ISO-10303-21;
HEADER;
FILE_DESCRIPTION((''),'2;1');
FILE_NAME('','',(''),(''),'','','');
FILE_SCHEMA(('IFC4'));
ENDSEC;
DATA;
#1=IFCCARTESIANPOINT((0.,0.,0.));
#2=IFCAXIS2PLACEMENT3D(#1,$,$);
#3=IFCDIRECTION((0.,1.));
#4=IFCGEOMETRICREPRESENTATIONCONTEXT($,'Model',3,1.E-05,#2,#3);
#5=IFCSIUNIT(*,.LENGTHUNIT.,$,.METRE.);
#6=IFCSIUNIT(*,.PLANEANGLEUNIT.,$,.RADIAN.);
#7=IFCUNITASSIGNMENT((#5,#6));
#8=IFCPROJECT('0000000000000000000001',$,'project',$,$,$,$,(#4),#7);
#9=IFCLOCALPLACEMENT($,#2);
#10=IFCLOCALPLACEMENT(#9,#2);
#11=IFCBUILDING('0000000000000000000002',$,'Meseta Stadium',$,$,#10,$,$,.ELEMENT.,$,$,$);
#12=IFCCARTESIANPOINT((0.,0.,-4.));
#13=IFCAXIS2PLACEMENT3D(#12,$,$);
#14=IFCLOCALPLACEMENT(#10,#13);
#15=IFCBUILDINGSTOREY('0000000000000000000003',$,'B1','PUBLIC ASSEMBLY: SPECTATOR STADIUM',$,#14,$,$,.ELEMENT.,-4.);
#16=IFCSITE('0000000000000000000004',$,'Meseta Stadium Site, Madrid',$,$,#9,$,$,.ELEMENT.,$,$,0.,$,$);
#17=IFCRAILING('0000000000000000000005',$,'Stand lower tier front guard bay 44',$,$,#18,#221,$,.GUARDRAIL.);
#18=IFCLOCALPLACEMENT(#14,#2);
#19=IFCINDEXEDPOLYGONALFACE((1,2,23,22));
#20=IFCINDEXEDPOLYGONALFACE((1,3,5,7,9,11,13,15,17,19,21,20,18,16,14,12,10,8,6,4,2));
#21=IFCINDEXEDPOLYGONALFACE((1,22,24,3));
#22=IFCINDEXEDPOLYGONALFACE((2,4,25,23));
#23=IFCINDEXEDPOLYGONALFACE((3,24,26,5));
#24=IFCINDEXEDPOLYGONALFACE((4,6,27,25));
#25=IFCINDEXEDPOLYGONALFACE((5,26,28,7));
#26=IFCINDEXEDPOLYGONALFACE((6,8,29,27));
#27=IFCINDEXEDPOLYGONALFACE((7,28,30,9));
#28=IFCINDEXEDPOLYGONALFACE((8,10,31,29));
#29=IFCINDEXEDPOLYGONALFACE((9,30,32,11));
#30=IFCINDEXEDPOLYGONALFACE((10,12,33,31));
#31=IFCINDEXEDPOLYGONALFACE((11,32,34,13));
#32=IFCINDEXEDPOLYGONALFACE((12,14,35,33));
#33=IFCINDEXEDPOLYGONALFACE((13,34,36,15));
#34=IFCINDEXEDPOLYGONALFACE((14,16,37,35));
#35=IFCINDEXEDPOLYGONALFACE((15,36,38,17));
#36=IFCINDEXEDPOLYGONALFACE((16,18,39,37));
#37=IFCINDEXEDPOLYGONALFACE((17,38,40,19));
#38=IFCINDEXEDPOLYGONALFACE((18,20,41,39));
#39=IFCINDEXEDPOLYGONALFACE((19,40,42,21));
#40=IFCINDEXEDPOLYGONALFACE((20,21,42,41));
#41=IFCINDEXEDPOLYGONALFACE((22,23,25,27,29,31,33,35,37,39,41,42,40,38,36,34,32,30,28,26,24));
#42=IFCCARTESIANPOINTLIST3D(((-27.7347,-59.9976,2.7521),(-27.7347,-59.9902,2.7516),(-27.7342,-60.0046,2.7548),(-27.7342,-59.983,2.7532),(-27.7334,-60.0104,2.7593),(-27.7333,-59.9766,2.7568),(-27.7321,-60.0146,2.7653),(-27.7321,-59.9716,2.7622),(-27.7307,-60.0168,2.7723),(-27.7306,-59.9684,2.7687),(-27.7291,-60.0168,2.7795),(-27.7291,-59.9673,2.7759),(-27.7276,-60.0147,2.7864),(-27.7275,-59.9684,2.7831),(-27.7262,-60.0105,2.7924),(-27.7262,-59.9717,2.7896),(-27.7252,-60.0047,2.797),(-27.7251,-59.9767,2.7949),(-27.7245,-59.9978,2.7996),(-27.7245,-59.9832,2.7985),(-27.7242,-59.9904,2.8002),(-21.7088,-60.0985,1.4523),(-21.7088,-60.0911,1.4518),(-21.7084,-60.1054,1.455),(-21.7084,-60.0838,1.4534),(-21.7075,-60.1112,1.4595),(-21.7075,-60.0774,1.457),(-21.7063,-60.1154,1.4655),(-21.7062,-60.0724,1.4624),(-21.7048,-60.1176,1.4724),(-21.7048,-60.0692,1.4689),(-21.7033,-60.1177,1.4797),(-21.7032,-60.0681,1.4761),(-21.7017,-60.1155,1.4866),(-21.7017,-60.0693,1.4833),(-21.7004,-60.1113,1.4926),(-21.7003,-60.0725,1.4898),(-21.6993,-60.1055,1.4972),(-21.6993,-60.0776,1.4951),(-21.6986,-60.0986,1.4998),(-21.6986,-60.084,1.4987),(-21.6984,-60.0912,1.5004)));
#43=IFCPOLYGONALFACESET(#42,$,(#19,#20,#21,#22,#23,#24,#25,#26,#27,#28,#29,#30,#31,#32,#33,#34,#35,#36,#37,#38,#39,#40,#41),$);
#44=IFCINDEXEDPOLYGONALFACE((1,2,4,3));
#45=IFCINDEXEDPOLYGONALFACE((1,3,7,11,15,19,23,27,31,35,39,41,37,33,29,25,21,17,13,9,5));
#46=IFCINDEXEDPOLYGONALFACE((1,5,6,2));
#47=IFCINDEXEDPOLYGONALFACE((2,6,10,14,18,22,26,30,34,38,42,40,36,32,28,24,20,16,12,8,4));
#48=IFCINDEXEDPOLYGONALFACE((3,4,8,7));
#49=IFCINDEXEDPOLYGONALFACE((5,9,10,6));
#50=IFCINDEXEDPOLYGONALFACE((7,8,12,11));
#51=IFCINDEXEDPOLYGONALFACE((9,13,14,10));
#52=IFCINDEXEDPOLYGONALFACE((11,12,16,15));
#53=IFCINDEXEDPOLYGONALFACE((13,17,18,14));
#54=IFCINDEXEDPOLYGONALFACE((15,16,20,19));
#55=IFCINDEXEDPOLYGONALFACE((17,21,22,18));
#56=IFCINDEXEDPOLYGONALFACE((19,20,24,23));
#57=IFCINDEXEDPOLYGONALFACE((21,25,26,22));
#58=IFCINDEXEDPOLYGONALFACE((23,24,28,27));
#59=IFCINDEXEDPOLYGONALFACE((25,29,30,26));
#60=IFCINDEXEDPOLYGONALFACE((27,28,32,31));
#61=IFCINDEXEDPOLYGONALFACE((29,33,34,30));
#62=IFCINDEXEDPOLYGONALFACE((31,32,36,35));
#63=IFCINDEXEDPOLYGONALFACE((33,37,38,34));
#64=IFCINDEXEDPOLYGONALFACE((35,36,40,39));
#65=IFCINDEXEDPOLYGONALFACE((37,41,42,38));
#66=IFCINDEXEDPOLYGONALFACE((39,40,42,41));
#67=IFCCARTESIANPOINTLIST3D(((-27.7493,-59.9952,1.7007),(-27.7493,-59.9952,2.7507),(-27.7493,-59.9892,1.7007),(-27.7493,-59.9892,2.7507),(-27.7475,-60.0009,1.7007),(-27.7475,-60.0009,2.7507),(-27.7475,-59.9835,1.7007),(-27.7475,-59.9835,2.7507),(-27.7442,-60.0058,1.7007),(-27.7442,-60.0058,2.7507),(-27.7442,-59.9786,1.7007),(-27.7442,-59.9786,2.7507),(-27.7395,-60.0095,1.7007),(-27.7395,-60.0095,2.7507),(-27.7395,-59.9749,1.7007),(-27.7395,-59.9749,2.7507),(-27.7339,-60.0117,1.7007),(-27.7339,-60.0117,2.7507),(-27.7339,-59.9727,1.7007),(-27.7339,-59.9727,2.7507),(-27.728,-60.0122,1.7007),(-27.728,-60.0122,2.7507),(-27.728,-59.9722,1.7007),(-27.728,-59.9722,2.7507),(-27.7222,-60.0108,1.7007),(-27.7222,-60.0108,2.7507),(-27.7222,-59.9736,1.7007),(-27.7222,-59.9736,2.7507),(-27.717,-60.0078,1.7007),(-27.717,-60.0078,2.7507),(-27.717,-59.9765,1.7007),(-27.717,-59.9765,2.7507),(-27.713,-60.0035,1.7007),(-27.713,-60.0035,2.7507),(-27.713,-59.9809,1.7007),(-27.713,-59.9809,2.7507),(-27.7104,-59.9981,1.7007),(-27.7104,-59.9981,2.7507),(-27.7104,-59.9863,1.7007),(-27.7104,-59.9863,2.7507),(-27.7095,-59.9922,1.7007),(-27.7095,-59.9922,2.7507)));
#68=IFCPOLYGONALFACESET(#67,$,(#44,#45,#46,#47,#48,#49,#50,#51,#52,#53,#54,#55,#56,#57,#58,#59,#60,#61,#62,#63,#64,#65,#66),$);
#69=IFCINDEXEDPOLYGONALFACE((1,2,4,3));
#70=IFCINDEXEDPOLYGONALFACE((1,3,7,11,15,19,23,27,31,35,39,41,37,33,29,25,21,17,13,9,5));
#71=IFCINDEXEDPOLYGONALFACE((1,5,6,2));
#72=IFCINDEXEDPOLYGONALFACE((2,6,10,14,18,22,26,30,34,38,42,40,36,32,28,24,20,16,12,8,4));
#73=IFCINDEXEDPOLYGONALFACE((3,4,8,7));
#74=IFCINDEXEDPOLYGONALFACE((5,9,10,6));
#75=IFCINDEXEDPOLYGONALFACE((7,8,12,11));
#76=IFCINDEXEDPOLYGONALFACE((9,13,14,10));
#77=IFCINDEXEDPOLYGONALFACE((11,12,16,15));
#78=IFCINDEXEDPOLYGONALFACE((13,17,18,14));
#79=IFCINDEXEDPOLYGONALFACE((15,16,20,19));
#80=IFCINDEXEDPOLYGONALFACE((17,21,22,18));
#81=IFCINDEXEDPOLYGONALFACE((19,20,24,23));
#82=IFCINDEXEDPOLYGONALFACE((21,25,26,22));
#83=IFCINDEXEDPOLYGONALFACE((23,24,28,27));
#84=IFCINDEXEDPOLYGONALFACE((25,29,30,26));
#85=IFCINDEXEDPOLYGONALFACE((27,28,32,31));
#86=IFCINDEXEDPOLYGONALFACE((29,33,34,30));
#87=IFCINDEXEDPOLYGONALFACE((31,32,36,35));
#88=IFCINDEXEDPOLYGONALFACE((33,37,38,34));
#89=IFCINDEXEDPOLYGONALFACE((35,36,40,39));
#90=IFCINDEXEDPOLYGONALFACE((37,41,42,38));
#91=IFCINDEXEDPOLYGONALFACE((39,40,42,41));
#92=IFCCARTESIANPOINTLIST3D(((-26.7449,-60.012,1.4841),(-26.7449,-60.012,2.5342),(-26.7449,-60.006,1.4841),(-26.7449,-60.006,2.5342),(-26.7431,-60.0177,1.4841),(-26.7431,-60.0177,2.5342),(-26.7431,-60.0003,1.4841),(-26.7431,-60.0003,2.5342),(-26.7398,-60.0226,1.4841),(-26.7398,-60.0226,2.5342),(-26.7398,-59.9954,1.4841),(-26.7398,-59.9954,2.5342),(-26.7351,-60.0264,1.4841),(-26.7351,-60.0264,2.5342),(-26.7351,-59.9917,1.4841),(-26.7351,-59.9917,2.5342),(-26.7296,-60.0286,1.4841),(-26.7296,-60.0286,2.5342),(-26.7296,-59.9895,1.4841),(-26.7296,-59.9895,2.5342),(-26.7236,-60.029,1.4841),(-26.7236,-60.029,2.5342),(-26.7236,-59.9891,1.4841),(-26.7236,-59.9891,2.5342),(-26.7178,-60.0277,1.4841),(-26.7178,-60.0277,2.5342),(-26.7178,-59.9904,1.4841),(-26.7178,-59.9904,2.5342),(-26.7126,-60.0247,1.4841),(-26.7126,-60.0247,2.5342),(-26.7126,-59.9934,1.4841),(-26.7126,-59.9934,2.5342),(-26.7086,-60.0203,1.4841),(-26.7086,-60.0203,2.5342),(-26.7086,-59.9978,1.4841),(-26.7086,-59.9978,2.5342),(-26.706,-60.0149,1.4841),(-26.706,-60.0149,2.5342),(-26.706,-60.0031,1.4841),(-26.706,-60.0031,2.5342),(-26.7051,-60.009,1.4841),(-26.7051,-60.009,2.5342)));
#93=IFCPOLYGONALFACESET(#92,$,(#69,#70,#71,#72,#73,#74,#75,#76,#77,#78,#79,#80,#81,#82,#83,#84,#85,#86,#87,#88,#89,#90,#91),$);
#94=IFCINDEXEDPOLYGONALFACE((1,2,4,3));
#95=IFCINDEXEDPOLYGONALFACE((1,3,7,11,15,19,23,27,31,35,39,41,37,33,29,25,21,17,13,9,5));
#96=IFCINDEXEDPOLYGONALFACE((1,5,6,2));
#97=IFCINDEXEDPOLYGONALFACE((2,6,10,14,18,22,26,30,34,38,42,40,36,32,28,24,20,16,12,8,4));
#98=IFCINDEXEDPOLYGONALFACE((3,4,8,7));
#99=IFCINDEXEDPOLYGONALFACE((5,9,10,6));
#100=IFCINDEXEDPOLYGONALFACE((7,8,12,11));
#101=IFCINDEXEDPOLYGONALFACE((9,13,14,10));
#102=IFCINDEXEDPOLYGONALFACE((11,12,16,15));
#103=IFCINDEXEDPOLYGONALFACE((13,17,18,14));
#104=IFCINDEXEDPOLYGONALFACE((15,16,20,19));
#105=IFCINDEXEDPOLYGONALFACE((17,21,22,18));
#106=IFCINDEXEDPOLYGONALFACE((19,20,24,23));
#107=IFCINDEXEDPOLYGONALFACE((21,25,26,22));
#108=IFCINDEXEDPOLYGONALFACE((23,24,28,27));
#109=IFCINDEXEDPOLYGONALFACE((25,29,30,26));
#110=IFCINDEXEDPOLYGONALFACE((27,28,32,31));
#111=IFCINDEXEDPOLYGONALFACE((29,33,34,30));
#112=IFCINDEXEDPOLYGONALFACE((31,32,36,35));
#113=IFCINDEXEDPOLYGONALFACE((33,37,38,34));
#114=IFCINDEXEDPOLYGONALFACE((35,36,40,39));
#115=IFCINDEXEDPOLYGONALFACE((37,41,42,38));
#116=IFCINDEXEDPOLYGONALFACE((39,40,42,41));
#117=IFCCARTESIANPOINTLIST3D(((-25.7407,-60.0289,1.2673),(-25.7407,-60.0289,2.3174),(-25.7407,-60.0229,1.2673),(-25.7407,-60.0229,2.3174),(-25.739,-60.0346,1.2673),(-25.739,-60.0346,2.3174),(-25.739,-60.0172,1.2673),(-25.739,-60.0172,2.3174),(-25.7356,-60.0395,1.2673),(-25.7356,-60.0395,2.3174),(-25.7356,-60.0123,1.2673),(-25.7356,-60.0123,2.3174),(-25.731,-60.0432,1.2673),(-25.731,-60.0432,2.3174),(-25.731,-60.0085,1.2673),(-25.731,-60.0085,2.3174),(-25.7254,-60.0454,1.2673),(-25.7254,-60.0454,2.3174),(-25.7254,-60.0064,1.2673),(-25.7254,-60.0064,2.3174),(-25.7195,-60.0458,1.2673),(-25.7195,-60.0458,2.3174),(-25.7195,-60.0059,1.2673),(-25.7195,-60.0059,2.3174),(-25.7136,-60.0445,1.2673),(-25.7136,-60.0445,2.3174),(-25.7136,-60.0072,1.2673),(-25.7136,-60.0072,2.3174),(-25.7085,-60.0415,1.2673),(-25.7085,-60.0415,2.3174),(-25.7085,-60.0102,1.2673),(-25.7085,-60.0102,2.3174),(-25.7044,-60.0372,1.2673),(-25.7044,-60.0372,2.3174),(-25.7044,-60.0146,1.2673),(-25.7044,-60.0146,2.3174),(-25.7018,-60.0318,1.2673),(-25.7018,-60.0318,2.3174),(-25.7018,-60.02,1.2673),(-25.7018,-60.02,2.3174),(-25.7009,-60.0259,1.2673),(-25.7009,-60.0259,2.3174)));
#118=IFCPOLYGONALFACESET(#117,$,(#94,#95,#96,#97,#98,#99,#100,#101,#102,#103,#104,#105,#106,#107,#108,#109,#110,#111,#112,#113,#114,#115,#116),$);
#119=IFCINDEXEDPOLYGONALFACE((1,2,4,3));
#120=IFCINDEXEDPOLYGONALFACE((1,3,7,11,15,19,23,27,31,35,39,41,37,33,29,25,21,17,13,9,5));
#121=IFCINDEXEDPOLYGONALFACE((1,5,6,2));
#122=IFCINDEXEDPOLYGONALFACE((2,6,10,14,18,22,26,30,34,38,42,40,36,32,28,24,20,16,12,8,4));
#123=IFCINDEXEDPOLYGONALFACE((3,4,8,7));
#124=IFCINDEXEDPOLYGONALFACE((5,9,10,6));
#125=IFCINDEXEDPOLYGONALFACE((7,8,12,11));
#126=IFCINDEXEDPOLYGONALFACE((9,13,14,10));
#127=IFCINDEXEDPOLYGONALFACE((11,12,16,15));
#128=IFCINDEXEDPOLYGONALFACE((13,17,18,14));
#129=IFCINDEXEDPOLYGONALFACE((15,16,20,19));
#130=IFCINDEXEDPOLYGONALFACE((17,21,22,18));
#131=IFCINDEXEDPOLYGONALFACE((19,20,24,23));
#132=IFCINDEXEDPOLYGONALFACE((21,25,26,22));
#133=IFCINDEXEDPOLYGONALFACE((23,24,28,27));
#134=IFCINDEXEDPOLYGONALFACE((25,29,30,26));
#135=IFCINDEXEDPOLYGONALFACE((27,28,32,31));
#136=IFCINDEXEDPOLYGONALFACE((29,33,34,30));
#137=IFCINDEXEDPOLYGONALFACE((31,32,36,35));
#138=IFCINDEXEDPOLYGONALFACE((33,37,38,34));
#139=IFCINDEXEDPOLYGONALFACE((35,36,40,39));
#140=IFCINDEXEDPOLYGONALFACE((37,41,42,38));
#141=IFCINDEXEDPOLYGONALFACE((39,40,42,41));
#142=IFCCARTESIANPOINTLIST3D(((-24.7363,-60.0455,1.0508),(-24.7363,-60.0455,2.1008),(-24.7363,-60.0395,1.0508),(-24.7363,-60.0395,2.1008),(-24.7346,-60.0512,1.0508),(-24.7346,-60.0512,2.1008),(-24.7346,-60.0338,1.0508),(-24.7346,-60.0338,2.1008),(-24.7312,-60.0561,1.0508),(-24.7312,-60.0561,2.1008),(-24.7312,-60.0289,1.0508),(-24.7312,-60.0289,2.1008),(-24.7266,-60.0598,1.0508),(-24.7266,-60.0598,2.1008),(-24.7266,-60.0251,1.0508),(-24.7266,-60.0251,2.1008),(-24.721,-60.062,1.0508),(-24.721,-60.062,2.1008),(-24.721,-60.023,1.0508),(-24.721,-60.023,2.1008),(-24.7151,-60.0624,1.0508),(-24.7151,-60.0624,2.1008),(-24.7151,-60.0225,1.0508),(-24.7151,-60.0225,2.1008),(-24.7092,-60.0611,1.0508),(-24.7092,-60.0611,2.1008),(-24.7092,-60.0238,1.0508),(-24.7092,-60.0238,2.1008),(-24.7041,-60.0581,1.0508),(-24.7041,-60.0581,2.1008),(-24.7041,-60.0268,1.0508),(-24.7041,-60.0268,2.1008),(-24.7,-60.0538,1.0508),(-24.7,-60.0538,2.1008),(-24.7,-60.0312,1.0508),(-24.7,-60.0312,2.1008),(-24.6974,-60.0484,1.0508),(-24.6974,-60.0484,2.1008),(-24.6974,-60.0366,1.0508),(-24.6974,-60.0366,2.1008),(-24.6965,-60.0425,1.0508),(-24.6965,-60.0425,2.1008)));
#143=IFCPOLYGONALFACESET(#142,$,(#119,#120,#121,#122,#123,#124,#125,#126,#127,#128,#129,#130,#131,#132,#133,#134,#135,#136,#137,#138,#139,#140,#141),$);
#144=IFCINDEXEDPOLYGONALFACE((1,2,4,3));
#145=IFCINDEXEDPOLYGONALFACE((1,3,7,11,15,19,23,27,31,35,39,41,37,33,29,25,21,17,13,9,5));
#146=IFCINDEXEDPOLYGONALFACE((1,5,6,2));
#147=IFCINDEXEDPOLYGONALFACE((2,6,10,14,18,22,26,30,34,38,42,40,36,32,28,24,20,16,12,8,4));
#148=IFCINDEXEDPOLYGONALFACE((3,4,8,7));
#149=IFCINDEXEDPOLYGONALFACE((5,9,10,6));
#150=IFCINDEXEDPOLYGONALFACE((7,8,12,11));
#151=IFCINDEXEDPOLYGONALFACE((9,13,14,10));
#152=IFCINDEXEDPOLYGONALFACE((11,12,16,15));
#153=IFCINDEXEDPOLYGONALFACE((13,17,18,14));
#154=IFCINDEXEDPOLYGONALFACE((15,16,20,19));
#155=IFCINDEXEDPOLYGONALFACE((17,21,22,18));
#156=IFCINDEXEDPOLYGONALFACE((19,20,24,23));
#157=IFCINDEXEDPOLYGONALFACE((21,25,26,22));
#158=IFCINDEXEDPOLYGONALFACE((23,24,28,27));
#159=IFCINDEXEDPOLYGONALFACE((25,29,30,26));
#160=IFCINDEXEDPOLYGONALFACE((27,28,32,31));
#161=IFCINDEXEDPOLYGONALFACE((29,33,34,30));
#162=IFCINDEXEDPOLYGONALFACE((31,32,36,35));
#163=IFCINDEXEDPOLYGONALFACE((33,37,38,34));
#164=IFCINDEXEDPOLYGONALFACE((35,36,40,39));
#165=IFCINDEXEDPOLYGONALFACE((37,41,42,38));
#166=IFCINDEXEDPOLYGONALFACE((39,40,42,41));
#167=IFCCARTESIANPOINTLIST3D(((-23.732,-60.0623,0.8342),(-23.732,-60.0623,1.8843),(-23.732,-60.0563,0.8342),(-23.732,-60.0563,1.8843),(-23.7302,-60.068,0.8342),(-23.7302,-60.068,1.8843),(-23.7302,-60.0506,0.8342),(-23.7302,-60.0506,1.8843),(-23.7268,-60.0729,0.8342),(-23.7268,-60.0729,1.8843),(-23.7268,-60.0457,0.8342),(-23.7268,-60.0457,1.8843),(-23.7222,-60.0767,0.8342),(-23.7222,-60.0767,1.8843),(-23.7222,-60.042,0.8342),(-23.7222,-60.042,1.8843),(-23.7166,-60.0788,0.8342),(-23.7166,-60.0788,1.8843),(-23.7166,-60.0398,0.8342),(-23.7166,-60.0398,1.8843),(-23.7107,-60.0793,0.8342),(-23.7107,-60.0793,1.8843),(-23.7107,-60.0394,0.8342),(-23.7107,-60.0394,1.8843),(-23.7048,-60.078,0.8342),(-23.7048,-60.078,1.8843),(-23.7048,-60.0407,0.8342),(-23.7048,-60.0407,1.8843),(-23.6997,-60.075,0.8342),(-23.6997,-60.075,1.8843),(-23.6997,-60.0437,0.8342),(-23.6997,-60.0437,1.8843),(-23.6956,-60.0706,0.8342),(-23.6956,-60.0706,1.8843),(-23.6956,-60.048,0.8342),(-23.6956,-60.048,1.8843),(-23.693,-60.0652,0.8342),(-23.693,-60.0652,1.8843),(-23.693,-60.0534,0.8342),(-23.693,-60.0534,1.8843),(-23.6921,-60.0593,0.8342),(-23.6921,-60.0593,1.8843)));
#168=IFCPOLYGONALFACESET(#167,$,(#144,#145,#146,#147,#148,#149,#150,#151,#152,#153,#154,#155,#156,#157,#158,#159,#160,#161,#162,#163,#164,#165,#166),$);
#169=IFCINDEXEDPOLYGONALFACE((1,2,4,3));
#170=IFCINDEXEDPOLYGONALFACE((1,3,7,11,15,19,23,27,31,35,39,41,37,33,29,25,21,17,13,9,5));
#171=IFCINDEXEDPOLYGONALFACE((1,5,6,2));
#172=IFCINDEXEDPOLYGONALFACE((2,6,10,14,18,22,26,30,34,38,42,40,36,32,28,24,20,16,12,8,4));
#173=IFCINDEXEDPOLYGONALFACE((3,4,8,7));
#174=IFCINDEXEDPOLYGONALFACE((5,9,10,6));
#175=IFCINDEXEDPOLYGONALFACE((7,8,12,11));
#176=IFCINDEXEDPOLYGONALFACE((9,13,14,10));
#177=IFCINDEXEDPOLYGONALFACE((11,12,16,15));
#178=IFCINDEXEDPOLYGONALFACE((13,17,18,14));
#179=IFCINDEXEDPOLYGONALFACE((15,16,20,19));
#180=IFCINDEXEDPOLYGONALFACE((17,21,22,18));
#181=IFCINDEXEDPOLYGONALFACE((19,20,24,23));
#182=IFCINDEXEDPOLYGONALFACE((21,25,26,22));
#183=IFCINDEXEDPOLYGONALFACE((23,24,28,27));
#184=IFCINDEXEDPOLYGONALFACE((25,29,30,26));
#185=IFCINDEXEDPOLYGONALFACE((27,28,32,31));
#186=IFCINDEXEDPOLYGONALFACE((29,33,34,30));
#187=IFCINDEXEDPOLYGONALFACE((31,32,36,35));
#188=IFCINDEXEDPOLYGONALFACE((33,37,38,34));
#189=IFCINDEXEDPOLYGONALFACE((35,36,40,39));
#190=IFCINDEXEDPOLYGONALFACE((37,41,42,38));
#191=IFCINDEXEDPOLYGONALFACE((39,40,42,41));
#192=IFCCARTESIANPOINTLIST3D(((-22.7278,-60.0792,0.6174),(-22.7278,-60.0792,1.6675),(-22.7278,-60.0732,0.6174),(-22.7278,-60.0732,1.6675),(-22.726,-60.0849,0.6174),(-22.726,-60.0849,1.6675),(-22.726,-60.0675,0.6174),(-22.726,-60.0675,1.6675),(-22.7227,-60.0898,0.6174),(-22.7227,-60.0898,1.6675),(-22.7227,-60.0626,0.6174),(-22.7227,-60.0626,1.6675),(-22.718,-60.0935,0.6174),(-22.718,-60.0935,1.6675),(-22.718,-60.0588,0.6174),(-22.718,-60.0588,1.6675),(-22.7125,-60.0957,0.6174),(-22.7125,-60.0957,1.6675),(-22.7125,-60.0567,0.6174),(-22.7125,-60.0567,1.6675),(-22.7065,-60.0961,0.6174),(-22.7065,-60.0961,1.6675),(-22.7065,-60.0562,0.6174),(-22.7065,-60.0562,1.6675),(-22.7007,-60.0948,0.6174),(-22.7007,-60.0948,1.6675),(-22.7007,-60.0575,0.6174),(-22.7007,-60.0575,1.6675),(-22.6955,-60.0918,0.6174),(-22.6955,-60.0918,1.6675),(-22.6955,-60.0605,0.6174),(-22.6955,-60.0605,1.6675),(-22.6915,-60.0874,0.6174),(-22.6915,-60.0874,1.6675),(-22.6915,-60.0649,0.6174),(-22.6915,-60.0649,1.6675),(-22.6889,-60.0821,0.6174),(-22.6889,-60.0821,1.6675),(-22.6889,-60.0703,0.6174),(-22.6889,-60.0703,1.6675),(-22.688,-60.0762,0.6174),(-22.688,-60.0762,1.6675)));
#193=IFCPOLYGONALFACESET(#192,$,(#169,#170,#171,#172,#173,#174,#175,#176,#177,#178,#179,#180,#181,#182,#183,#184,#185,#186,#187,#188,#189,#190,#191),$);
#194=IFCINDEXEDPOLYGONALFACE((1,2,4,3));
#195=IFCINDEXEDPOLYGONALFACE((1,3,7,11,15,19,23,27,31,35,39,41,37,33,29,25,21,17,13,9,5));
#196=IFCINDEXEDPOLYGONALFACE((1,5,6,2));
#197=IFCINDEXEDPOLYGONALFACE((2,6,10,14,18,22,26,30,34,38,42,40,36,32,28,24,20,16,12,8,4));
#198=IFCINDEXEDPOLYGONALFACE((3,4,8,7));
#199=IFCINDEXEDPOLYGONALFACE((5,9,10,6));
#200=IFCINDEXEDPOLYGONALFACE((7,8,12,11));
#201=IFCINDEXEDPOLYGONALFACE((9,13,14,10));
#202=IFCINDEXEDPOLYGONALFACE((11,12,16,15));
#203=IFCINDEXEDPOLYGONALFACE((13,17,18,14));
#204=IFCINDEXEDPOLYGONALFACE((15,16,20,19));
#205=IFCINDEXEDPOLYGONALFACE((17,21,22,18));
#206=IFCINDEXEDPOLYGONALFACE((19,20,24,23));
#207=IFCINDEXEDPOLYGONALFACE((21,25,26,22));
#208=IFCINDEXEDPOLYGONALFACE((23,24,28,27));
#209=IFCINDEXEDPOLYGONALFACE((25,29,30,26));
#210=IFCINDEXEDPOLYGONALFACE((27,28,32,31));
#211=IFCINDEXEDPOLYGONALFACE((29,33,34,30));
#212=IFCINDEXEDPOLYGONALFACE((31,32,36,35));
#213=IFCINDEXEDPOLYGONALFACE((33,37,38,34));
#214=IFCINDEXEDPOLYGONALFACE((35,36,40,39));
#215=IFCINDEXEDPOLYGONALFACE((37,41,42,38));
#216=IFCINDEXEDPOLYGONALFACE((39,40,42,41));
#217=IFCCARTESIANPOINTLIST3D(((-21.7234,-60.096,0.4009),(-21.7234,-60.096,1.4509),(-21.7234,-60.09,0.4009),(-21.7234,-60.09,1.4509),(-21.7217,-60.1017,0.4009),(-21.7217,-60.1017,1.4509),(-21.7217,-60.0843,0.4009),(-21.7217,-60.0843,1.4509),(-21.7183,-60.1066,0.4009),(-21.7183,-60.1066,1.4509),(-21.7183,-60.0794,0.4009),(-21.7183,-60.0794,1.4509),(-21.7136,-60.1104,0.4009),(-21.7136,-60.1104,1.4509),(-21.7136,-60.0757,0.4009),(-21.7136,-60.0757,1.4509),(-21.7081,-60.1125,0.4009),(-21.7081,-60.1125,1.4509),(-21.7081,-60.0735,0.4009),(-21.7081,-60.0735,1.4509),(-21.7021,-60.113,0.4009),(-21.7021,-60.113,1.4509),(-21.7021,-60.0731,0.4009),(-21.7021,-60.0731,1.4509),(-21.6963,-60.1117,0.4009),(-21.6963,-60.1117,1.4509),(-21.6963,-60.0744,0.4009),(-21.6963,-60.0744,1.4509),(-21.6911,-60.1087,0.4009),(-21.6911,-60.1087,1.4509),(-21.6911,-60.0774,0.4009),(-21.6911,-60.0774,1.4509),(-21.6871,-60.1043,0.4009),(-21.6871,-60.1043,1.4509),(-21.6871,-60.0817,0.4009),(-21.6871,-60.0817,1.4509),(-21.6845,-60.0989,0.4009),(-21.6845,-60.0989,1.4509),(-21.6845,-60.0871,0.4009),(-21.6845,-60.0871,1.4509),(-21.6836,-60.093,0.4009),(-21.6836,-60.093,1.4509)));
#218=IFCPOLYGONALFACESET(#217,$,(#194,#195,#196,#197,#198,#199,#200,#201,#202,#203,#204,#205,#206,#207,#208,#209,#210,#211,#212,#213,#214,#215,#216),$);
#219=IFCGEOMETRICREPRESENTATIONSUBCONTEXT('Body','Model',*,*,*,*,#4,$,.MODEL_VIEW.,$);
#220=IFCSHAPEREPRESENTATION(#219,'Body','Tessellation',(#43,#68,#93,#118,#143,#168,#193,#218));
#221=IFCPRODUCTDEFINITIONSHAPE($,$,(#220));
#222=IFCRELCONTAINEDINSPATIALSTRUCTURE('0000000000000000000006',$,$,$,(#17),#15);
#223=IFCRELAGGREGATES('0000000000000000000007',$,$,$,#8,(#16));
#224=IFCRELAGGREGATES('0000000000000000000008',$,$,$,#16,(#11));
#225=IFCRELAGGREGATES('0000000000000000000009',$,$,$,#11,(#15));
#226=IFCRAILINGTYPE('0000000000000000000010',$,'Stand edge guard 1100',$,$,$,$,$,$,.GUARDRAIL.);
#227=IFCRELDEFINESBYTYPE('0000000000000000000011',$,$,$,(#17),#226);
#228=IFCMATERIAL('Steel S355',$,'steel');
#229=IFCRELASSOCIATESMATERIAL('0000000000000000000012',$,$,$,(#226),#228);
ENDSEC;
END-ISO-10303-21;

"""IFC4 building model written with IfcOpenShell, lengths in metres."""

from ifc_helpers import new_model, si_unit, direction, frame, origin, origin_2d, place, context, subcontext, project, spatial, circle, extrude, material, type_object, element, save


model = new_model("IFC4")

# Units and contexts
model_context = context("Model", 3, precision=1e-05, world=origin(), true_north=direction((0.0, 1.0)))
body_context = subcontext(model_context, "Body", "Model", "MODEL_VIEW")
ifc_project = project(units=[si_unit("LENGTHUNIT", "METRE"), si_unit("PLANEANGLEUNIT", "RADIAN")], contexts=[model_context])

# Site, building, storey
site_placement = place(None, origin())
site = spatial("IfcSite", under=ifc_project, at=site_placement, Name="Meseta Stadium Site, Madrid", CompositionType="ELEMENT", RefElevation=0.0)
building_placement = place(site_placement, origin())
building = spatial("IfcBuilding", under=site, at=building_placement, Name="Meseta Stadium", CompositionType="ELEMENT")
storey_placement = place(building_placement, frame((0.0, 0.0, -4.0)))
storey = spatial("IfcBuildingStorey", under=building, at=storey_placement, Name="B1", Description="PUBLIC ASSEMBLY: SPECTATOR STADIUM", CompositionType="ELEMENT", Elevation=-4.0)

# Railing
ifc_material_1 = material(Name="Steel S355", Category="steel")
railing_type = type_object("IfcRailingType", Name="Stand edge guard 1100", PredefinedType="GUARDRAIL", material=ifc_material_1)
railing_1_placement = place(storey_placement, frame((-27.7295, -59.9922, 1.7007)))
element("IfcRailing", 1, at=railing_1_placement, inside=storey, type_object=railing_type, Name="Stand lower tier front guard bay 44", PredefinedType="GUARDRAIL", context=body_context, shape_type="SweptSolid", body=[
    extrude(circle(Radius=0.0249, at=origin_2d()), frame((0.0, 0.0, 1.0752), z_axis=(0.977387, -0.016354, -0.210826), x_axis=(0.01673, 0.99986, 0.0)), (0.0, 0.0, 1.0), 6.1653),
    extrude(circle(Radius=0.02, at=origin_2d()), origin(), (0.0, 0.0, 1.0), 1.05),
    extrude(circle(Radius=0.02, at=origin_2d()), frame((1.0044, -0.0168, -0.2166)), (0.0, 0.0, 1.0), 1.05),
    extrude(circle(Radius=0.02, at=origin_2d()), frame((2.0085, -0.0337, -0.4333)), (0.0, 0.0, 1.0), 1.05),
    extrude(circle(Radius=0.02, at=origin_2d()), frame((3.0129, -0.0503, -0.6499)), (0.0, 0.0, 1.0), 1.05),
    extrude(circle(Radius=0.02, at=origin_2d()), frame((4.0173, -0.0671, -0.8665)), (0.0, 0.0, 1.0), 1.05),
    extrude(circle(Radius=0.02, at=origin_2d()), frame((5.0215, -0.084, -1.0833)), (0.0, 0.0, 1.0), 1.05),
    extrude(circle(Radius=0.02, at=origin_2d()), frame((6.0259, -0.1008, -1.2998)), (0.0, 0.0, 1.0), 1.05),
])

save(model, "model.ifc")
